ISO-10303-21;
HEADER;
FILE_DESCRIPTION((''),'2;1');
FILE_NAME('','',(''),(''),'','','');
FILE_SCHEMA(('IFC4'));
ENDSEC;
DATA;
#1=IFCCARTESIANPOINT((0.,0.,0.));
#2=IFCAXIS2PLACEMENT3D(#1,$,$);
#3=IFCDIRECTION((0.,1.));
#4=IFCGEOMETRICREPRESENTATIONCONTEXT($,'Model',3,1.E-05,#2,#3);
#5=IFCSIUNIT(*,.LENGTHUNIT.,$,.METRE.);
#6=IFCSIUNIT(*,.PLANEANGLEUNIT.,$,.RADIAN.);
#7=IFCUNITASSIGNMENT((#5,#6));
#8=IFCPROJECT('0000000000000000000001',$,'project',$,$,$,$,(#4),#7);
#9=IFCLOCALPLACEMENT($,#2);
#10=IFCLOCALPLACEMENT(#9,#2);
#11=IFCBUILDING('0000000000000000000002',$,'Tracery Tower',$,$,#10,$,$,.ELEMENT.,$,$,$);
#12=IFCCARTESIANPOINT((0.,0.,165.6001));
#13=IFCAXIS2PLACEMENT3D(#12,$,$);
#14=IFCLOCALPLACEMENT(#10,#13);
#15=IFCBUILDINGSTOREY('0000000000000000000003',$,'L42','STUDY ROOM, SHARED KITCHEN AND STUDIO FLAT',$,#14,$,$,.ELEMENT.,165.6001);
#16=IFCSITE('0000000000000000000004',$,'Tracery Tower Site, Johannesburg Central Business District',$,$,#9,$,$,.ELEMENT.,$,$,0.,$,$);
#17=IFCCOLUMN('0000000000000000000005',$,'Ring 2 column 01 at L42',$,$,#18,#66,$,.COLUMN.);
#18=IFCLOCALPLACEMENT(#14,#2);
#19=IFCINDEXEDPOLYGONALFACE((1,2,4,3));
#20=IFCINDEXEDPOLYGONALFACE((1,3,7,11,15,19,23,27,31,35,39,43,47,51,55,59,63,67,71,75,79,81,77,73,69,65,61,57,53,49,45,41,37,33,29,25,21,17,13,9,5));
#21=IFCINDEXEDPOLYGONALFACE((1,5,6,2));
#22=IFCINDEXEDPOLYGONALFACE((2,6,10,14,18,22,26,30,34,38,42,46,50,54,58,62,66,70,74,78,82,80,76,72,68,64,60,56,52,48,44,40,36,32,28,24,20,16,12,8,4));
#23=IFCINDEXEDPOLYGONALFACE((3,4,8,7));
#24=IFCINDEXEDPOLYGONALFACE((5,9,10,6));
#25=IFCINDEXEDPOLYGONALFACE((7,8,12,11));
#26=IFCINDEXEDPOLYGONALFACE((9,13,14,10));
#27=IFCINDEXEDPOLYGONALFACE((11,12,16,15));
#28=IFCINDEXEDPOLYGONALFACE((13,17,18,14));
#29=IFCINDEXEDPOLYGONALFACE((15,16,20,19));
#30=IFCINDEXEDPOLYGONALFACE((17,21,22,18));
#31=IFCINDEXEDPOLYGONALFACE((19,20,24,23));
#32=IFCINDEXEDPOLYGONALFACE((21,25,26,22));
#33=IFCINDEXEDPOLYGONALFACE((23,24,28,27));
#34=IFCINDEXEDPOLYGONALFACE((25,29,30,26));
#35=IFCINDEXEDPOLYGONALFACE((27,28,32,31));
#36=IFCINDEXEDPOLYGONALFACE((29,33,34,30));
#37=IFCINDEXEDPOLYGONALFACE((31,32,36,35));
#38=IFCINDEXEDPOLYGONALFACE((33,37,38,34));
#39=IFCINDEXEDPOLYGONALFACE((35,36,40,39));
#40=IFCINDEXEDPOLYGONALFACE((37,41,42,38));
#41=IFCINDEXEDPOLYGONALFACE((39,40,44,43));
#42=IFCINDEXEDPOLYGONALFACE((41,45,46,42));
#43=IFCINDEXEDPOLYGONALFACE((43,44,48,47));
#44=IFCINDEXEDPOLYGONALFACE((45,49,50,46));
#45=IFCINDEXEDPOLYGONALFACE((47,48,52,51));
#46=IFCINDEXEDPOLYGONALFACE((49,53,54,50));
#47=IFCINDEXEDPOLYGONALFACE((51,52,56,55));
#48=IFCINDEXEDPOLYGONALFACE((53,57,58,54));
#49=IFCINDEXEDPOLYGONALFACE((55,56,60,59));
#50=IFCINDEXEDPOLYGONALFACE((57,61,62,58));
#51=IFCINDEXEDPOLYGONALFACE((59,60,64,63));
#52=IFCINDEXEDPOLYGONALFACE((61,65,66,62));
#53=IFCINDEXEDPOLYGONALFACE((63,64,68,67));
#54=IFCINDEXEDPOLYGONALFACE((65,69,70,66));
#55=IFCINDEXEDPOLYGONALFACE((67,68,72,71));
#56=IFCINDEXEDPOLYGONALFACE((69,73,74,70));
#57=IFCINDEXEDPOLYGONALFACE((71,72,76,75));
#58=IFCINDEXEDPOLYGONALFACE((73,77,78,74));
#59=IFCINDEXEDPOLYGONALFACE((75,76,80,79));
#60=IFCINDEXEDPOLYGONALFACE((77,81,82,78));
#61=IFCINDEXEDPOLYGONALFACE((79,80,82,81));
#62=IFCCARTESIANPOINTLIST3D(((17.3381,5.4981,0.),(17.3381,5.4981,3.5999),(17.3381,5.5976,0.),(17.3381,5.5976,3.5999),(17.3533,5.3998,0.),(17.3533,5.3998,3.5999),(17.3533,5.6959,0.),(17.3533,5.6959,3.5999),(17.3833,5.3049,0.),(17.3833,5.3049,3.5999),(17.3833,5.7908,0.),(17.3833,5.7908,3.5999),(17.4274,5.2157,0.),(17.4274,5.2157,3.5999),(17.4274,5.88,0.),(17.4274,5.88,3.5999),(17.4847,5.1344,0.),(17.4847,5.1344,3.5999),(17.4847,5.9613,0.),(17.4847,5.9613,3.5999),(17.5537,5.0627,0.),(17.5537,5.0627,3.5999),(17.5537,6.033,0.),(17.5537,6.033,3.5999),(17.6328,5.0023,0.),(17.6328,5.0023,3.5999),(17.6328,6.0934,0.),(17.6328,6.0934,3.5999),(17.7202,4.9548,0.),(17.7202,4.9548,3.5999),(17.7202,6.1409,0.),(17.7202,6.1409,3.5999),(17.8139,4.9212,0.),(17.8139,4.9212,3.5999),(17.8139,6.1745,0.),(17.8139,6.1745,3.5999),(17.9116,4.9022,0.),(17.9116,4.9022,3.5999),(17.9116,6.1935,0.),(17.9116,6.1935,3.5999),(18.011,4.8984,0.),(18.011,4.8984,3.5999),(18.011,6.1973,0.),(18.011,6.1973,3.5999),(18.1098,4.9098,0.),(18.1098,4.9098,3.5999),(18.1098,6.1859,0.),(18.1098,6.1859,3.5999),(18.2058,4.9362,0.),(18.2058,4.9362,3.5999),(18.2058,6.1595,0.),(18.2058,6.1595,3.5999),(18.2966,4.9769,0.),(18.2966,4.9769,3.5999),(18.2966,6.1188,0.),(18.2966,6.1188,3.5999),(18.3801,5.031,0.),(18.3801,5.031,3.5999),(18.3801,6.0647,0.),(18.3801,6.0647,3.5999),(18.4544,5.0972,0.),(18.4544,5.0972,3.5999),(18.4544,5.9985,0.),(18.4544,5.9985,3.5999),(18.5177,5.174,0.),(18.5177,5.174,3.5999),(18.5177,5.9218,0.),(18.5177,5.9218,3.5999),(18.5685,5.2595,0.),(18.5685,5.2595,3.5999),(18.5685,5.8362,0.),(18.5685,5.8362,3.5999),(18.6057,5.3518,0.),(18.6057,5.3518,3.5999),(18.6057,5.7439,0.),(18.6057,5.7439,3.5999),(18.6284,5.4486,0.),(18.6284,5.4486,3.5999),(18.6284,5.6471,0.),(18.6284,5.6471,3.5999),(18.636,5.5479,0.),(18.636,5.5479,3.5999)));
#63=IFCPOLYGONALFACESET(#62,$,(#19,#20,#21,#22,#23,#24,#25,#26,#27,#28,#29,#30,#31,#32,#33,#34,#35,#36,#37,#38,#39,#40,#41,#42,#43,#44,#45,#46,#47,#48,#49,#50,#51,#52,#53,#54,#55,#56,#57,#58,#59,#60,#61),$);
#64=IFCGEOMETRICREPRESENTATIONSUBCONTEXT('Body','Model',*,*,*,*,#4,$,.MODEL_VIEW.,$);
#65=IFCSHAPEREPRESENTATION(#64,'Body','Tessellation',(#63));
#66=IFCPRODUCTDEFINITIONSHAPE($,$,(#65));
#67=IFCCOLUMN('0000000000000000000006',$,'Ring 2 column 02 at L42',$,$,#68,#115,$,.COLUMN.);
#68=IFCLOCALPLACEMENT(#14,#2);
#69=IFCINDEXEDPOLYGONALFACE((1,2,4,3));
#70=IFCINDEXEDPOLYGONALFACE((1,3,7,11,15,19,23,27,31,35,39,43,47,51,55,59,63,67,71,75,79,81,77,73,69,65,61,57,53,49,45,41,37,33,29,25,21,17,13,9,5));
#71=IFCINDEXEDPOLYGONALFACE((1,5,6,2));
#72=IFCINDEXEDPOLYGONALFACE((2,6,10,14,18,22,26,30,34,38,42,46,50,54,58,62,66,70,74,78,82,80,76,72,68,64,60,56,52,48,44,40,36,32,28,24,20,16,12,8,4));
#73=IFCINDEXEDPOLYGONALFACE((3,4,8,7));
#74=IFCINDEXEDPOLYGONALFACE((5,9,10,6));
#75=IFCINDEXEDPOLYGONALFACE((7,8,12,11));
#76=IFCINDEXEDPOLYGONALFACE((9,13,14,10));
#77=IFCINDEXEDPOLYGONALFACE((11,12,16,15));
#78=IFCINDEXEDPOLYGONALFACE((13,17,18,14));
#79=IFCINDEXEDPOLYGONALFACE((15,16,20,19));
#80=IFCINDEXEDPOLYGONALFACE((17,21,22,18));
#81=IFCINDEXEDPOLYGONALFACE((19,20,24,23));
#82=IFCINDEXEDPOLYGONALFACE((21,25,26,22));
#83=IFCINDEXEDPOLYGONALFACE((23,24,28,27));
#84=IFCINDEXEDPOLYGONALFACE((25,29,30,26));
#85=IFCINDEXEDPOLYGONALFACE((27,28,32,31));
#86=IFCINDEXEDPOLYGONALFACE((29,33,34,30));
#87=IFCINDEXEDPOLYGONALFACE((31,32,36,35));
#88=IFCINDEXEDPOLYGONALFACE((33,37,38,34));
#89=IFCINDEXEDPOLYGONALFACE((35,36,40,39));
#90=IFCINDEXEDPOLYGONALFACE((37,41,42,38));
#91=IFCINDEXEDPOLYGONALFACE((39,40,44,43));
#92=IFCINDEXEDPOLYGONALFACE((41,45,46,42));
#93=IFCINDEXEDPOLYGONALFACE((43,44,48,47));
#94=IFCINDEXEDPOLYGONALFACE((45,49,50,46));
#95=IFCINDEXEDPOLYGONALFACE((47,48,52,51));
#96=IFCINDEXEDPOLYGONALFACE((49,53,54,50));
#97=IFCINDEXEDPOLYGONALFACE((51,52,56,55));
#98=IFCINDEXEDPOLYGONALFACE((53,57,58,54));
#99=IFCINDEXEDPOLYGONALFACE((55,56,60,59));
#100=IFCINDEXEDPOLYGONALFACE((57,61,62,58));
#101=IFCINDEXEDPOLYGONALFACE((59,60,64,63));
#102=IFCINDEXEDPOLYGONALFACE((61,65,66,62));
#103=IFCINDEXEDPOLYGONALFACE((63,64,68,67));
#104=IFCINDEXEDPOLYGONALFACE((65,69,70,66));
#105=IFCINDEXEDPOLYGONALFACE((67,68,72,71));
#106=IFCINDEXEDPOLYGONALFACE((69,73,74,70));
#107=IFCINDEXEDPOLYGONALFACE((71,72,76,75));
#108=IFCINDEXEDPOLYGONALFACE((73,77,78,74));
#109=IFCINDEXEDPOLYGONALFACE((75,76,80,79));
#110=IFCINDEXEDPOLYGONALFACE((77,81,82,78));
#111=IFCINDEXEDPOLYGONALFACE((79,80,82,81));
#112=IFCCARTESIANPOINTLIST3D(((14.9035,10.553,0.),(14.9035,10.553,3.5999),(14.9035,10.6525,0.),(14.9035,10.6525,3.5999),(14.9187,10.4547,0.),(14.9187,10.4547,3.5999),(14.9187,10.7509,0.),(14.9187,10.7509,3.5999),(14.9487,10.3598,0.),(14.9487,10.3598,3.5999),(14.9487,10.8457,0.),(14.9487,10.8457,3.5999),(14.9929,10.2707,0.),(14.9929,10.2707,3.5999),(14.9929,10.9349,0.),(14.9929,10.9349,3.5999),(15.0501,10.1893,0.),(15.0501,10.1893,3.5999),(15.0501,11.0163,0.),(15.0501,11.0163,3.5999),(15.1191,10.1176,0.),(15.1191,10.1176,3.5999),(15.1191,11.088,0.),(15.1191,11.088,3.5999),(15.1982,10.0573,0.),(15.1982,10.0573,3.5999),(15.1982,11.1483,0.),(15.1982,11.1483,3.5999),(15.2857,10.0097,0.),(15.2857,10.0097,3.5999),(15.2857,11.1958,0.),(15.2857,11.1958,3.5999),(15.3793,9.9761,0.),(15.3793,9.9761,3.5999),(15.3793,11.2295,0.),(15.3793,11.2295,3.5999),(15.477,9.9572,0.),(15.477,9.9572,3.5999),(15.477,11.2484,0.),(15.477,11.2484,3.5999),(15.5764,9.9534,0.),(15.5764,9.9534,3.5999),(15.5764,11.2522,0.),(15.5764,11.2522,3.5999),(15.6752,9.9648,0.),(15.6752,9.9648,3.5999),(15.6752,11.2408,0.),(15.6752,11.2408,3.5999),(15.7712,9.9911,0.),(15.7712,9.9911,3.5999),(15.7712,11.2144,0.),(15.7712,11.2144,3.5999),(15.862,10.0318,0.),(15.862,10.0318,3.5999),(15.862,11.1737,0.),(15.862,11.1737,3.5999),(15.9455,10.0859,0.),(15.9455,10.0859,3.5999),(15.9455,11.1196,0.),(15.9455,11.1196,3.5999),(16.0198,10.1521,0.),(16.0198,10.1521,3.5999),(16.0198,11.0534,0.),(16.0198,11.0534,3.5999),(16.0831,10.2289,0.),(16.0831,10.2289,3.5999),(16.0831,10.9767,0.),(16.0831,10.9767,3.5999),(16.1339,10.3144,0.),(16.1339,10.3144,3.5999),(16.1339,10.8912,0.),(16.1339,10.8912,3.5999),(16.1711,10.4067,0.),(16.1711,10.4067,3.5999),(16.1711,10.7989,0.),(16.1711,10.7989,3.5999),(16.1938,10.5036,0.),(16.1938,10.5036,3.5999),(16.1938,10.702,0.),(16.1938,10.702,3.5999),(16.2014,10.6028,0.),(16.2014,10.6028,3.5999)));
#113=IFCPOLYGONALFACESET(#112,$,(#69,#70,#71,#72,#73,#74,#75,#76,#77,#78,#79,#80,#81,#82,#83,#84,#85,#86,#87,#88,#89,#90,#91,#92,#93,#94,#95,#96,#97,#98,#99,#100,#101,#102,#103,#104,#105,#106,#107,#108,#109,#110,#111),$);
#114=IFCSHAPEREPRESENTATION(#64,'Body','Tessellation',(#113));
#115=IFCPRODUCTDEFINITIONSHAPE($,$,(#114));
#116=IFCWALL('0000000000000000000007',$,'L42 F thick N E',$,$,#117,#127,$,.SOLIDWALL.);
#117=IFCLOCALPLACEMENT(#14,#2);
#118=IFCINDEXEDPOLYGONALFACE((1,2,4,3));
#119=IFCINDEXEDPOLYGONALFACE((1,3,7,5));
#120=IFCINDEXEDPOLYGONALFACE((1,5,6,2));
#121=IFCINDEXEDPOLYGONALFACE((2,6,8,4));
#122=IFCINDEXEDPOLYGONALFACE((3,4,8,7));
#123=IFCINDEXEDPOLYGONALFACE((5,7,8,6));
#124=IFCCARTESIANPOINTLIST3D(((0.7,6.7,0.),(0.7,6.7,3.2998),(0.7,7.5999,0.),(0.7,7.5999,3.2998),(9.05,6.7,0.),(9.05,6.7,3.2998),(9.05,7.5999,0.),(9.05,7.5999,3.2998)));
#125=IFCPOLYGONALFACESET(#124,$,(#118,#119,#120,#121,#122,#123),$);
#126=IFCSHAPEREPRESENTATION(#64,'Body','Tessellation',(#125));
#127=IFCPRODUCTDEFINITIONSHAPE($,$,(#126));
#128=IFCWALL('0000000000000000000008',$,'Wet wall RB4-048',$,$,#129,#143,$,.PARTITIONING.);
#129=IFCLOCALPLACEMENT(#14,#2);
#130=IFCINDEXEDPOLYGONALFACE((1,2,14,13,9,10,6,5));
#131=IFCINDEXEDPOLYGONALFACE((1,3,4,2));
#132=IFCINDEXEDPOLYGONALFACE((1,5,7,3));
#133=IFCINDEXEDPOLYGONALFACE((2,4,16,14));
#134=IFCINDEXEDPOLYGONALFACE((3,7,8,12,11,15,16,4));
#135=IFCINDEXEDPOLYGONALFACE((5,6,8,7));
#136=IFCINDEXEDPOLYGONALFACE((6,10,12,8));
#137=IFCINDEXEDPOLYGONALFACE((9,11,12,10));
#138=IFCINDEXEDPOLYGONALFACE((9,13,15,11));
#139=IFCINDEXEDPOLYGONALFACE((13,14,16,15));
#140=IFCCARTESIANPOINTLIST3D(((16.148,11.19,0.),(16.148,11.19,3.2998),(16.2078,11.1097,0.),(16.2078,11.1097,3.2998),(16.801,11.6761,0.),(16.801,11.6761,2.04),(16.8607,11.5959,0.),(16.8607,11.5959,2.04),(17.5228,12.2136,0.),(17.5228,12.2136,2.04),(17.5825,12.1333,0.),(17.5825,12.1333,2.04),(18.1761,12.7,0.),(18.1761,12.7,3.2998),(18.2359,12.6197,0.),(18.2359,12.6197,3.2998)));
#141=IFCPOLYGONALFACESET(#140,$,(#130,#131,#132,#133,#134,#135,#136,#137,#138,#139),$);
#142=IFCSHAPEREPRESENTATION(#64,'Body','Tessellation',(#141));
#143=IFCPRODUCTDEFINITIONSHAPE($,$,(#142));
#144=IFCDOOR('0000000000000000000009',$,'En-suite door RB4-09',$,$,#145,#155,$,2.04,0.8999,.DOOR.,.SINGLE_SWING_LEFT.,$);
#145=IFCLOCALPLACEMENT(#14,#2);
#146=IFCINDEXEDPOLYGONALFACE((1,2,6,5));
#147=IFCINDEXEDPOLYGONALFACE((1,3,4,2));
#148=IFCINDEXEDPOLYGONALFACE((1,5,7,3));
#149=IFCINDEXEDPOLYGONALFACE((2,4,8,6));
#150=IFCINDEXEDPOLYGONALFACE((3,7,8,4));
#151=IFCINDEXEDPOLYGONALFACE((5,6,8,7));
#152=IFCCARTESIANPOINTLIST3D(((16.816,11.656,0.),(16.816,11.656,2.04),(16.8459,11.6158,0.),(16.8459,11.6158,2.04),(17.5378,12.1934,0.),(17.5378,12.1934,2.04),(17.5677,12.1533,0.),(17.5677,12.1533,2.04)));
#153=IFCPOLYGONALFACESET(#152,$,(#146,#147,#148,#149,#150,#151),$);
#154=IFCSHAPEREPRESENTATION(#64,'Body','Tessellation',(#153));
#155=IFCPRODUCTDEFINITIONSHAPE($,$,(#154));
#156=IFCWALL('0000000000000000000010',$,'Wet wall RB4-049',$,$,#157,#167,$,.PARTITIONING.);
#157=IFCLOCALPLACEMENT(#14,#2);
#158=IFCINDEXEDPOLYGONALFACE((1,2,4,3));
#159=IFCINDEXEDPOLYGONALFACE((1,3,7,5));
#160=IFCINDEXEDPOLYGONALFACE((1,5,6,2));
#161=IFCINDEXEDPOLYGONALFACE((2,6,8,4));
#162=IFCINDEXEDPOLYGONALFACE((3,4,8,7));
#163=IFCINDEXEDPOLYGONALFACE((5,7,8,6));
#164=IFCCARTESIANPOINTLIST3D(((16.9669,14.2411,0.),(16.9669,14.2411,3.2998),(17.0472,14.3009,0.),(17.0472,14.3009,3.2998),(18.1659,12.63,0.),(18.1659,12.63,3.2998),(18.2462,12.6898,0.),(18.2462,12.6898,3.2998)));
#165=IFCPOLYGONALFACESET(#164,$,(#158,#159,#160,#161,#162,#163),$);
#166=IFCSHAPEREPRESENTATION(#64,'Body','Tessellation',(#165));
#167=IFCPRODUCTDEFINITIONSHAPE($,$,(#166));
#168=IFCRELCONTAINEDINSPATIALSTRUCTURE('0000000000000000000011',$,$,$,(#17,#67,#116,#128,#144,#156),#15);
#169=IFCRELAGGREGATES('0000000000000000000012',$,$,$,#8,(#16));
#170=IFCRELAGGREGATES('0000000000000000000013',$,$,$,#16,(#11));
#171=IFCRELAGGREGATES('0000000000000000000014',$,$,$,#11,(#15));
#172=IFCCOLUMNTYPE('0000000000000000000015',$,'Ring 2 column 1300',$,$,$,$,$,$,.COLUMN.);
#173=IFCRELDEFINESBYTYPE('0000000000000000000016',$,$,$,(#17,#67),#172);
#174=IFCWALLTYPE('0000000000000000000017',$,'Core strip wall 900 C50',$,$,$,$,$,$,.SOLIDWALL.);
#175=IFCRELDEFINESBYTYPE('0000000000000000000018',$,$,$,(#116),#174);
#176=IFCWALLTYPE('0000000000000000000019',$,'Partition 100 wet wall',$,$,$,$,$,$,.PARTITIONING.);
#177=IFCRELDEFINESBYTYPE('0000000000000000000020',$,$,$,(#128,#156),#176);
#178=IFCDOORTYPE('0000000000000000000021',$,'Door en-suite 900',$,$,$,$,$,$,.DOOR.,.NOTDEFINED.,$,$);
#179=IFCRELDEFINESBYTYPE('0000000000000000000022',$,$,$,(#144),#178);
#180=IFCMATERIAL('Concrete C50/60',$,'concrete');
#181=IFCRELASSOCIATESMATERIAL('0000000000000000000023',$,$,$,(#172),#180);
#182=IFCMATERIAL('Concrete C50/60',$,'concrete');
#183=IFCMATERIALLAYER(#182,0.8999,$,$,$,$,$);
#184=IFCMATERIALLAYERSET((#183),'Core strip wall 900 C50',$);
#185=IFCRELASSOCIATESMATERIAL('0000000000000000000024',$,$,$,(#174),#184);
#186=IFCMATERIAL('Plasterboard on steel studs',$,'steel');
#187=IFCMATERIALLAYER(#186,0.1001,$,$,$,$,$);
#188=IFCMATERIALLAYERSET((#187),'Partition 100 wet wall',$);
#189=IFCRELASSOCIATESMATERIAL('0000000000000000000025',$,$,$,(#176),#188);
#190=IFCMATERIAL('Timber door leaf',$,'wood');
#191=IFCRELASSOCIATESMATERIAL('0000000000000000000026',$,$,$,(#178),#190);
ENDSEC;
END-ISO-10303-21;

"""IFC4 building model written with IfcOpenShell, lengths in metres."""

from ifc_helpers import new_model, si_unit, direction, frame, frame_2d, origin, origin_2d, place, context, subcontext, project, spatial, rectangle, circle, extrude, material, layer, layer_set, material_profile, profile_set, type_object, element, fill, save


model = new_model("IFC4")

# Units and contexts
model_context = context("Model", 3, precision=1e-05, world=origin(), true_north=direction((0.0, 1.0)))
body_context = subcontext(model_context, "Body", "Model", "MODEL_VIEW")
ifc_project = project(units=[si_unit("LENGTHUNIT", "METRE"), si_unit("PLANEANGLEUNIT", "RADIAN")], contexts=[model_context])

# Site, building, storey
site_placement = place(None, origin())
site = spatial("IfcSite", under=ifc_project, at=site_placement, Name="Tracery Tower Site, Johannesburg Central Business District", CompositionType="ELEMENT", RefElevation=0.0)
building_placement = place(site_placement, origin())
building = spatial("IfcBuilding", under=site, at=building_placement, Name="Tracery Tower", CompositionType="ELEMENT")
storey_placement = place(building_placement, frame((0.0, 0.0, 165.6001)))
storey = spatial("IfcBuildingStorey", under=building, at=storey_placement, Name="L42", Description="STUDY ROOM, SHARED KITCHEN AND STUDIO FLAT", CompositionType="ELEMENT", Elevation=165.6001)

# Columns
ifc_material_1 = material(Name="Concrete C50/60", Category="concrete")
ifc_material_profile = material_profile(ifc_material_1, circle(Radius=0.6499, at=origin_2d()), Name="RC D1300")
ifc_profile_set = profile_set([ifc_material_profile], Name="Concrete C50/60")
column_type = type_object("IfcColumnType", Name="Ring 2 column 1300", PredefinedType="COLUMN", material=ifc_profile_set)
for number, where, z_axis, x_axis, name in (
    (1, (17.9861, 5.5479, 0.0), (0.0, 0.0, 1.0), (1.0, 0.0, 0.0), "Ring 2 column 01 at L42"),
    (2, (15.5515, 10.6028, 0.0), (0.0, 0.0, 1.0), (1.0, 0.0, 0.0), "Ring 2 column 02 at L42"),
):
    element("IfcColumn", number, at=place(storey_placement, frame(where, z_axis=z_axis, x_axis=x_axis)), inside=storey, type_object=column_type, Name=name, PredefinedType="COLUMN", context=body_context, shape_type="SweptSolid", body=[
        extrude(circle(Radius=0.6499, at=origin_2d()), origin(), (0.0, 0.0, 1.0), 3.5999),
    ])

# Wall
ifc_material_2 = material(Name="Concrete C50/60", Category="concrete")
ifc_layer_1 = layer(ifc_material_2, 0.8999)
ifc_layer_set_1 = layer_set([ifc_layer_1], Name="Core strip wall 900 C50")
wall_type_1 = type_object("IfcWallType", Name="Core strip wall 900 C50", PredefinedType="SOLIDWALL", material=ifc_layer_set_1)
wall_1_placement = place(storey_placement, frame((0.7, 7.1499, 0.0), z_axis=(0.0, 0.0, 1.0), x_axis=(1.0, 0.0, 0.0)))
element("IfcWall", 3, at=wall_1_placement, inside=storey, type_object=wall_type_1, Name="L42 F thick N E", PredefinedType="SOLIDWALL", context=body_context, shape_type="SweptSolid", body=[
    extrude(rectangle(XDim=8.3501, YDim=0.8999, at=frame_2d((4.175, 0.0))), origin(), (0.0, 0.0, 1.0), 3.2998),
])

# Wall, opening, door
ifc_material_3 = material(Name="Plasterboard on steel studs", Category="steel")
ifc_layer_2 = layer(ifc_material_3, 0.1001)
ifc_layer_set_2 = layer_set([ifc_layer_2], Name="Partition 100 wet wall")
wall_type_2 = type_object("IfcWallType", Name="Partition 100 wet wall", PredefinedType="PARTITIONING", material=ifc_layer_set_2)
wall_2_placement = place(storey_placement, frame((16.178, 11.1499, 0.0), z_axis=(0.0, 0.0, 1.0), x_axis=(0.802092, 0.5972, 0.0)))
wall_2 = element("IfcWall", 4, at=wall_2_placement, inside=storey, type_object=wall_type_2, Name="Wet wall RB4-048", PredefinedType="PARTITIONING", context=body_context, shape_type="SweptSolid", body=[
    extrude(rectangle(XDim=2.5286, YDim=0.1001, at=frame_2d((1.2642, 0.0))), origin(), (0.0, 0.0, 1.0), 3.2998),
])
opening_1_placement = place(wall_2_placement, frame((0.814, 0.0, 0.0)))
opening_1 = element("IfcOpeningElement", 5, at=opening_1_placement, cuts=wall_2, PredefinedType="OPENING", context=body_context, shape_type="SweptSolid", body=[
    extrude(rectangle(XDim=0.8999, YDim=2.04, at=frame_2d((0.45, 1.02))), frame((0.0, 0.05, 0.0), z_axis=(0.0, -1.0, 0.0), x_axis=(1.0, 0.0, 0.0)), (0.0, 0.0, 1.0), 0.1001),
])
ifc_material_4 = material(Name="Timber door leaf", Category="wood")
door_type_1 = type_object("IfcDoorType", Name="Door en-suite 900", OperationType="NOTDEFINED", PredefinedType="DOOR", material=ifc_material_4)
door_1_placement = place(opening_1_placement, origin())
door_1 = element("IfcDoor", 6, at=door_1_placement, inside=storey, type_object=door_type_1, Name="En-suite door RB4-09", OperationType="SINGLE_SWING_LEFT", OverallHeight=2.04, OverallWidth=0.8999, PredefinedType="DOOR", context=body_context, shape_type="SweptSolid", body=[
    extrude(rectangle(XDim=0.8999, YDim=2.04, at=frame_2d((0.45, 1.02))), frame((0.0, 0.0249, 0.0), z_axis=(0.0, -1.0, 0.0), x_axis=(1.0, 0.0, 0.0)), (0.0, 0.0, 1.0), 0.05),
])
fill(opening_1, door_1)

# Wall
wall_3_placement = place(storey_placement, frame((17.0071, 14.271, 0.0), z_axis=(0.0, 0.0, 1.0), x_axis=(0.59702, -0.802226, 0.0)))
element("IfcWall", 7, at=wall_3_placement, inside=storey, type_object=wall_type_2, Name="Wet wall RB4-049", PredefinedType="PARTITIONING", context=body_context, shape_type="SweptSolid", body=[
    extrude(rectangle(XDim=2.0083, YDim=0.1001, at=frame_2d((1.0042, 0.0))), origin(), (0.0, 0.0, 1.0), 3.2998),
])

save(model, "model.ifc")
